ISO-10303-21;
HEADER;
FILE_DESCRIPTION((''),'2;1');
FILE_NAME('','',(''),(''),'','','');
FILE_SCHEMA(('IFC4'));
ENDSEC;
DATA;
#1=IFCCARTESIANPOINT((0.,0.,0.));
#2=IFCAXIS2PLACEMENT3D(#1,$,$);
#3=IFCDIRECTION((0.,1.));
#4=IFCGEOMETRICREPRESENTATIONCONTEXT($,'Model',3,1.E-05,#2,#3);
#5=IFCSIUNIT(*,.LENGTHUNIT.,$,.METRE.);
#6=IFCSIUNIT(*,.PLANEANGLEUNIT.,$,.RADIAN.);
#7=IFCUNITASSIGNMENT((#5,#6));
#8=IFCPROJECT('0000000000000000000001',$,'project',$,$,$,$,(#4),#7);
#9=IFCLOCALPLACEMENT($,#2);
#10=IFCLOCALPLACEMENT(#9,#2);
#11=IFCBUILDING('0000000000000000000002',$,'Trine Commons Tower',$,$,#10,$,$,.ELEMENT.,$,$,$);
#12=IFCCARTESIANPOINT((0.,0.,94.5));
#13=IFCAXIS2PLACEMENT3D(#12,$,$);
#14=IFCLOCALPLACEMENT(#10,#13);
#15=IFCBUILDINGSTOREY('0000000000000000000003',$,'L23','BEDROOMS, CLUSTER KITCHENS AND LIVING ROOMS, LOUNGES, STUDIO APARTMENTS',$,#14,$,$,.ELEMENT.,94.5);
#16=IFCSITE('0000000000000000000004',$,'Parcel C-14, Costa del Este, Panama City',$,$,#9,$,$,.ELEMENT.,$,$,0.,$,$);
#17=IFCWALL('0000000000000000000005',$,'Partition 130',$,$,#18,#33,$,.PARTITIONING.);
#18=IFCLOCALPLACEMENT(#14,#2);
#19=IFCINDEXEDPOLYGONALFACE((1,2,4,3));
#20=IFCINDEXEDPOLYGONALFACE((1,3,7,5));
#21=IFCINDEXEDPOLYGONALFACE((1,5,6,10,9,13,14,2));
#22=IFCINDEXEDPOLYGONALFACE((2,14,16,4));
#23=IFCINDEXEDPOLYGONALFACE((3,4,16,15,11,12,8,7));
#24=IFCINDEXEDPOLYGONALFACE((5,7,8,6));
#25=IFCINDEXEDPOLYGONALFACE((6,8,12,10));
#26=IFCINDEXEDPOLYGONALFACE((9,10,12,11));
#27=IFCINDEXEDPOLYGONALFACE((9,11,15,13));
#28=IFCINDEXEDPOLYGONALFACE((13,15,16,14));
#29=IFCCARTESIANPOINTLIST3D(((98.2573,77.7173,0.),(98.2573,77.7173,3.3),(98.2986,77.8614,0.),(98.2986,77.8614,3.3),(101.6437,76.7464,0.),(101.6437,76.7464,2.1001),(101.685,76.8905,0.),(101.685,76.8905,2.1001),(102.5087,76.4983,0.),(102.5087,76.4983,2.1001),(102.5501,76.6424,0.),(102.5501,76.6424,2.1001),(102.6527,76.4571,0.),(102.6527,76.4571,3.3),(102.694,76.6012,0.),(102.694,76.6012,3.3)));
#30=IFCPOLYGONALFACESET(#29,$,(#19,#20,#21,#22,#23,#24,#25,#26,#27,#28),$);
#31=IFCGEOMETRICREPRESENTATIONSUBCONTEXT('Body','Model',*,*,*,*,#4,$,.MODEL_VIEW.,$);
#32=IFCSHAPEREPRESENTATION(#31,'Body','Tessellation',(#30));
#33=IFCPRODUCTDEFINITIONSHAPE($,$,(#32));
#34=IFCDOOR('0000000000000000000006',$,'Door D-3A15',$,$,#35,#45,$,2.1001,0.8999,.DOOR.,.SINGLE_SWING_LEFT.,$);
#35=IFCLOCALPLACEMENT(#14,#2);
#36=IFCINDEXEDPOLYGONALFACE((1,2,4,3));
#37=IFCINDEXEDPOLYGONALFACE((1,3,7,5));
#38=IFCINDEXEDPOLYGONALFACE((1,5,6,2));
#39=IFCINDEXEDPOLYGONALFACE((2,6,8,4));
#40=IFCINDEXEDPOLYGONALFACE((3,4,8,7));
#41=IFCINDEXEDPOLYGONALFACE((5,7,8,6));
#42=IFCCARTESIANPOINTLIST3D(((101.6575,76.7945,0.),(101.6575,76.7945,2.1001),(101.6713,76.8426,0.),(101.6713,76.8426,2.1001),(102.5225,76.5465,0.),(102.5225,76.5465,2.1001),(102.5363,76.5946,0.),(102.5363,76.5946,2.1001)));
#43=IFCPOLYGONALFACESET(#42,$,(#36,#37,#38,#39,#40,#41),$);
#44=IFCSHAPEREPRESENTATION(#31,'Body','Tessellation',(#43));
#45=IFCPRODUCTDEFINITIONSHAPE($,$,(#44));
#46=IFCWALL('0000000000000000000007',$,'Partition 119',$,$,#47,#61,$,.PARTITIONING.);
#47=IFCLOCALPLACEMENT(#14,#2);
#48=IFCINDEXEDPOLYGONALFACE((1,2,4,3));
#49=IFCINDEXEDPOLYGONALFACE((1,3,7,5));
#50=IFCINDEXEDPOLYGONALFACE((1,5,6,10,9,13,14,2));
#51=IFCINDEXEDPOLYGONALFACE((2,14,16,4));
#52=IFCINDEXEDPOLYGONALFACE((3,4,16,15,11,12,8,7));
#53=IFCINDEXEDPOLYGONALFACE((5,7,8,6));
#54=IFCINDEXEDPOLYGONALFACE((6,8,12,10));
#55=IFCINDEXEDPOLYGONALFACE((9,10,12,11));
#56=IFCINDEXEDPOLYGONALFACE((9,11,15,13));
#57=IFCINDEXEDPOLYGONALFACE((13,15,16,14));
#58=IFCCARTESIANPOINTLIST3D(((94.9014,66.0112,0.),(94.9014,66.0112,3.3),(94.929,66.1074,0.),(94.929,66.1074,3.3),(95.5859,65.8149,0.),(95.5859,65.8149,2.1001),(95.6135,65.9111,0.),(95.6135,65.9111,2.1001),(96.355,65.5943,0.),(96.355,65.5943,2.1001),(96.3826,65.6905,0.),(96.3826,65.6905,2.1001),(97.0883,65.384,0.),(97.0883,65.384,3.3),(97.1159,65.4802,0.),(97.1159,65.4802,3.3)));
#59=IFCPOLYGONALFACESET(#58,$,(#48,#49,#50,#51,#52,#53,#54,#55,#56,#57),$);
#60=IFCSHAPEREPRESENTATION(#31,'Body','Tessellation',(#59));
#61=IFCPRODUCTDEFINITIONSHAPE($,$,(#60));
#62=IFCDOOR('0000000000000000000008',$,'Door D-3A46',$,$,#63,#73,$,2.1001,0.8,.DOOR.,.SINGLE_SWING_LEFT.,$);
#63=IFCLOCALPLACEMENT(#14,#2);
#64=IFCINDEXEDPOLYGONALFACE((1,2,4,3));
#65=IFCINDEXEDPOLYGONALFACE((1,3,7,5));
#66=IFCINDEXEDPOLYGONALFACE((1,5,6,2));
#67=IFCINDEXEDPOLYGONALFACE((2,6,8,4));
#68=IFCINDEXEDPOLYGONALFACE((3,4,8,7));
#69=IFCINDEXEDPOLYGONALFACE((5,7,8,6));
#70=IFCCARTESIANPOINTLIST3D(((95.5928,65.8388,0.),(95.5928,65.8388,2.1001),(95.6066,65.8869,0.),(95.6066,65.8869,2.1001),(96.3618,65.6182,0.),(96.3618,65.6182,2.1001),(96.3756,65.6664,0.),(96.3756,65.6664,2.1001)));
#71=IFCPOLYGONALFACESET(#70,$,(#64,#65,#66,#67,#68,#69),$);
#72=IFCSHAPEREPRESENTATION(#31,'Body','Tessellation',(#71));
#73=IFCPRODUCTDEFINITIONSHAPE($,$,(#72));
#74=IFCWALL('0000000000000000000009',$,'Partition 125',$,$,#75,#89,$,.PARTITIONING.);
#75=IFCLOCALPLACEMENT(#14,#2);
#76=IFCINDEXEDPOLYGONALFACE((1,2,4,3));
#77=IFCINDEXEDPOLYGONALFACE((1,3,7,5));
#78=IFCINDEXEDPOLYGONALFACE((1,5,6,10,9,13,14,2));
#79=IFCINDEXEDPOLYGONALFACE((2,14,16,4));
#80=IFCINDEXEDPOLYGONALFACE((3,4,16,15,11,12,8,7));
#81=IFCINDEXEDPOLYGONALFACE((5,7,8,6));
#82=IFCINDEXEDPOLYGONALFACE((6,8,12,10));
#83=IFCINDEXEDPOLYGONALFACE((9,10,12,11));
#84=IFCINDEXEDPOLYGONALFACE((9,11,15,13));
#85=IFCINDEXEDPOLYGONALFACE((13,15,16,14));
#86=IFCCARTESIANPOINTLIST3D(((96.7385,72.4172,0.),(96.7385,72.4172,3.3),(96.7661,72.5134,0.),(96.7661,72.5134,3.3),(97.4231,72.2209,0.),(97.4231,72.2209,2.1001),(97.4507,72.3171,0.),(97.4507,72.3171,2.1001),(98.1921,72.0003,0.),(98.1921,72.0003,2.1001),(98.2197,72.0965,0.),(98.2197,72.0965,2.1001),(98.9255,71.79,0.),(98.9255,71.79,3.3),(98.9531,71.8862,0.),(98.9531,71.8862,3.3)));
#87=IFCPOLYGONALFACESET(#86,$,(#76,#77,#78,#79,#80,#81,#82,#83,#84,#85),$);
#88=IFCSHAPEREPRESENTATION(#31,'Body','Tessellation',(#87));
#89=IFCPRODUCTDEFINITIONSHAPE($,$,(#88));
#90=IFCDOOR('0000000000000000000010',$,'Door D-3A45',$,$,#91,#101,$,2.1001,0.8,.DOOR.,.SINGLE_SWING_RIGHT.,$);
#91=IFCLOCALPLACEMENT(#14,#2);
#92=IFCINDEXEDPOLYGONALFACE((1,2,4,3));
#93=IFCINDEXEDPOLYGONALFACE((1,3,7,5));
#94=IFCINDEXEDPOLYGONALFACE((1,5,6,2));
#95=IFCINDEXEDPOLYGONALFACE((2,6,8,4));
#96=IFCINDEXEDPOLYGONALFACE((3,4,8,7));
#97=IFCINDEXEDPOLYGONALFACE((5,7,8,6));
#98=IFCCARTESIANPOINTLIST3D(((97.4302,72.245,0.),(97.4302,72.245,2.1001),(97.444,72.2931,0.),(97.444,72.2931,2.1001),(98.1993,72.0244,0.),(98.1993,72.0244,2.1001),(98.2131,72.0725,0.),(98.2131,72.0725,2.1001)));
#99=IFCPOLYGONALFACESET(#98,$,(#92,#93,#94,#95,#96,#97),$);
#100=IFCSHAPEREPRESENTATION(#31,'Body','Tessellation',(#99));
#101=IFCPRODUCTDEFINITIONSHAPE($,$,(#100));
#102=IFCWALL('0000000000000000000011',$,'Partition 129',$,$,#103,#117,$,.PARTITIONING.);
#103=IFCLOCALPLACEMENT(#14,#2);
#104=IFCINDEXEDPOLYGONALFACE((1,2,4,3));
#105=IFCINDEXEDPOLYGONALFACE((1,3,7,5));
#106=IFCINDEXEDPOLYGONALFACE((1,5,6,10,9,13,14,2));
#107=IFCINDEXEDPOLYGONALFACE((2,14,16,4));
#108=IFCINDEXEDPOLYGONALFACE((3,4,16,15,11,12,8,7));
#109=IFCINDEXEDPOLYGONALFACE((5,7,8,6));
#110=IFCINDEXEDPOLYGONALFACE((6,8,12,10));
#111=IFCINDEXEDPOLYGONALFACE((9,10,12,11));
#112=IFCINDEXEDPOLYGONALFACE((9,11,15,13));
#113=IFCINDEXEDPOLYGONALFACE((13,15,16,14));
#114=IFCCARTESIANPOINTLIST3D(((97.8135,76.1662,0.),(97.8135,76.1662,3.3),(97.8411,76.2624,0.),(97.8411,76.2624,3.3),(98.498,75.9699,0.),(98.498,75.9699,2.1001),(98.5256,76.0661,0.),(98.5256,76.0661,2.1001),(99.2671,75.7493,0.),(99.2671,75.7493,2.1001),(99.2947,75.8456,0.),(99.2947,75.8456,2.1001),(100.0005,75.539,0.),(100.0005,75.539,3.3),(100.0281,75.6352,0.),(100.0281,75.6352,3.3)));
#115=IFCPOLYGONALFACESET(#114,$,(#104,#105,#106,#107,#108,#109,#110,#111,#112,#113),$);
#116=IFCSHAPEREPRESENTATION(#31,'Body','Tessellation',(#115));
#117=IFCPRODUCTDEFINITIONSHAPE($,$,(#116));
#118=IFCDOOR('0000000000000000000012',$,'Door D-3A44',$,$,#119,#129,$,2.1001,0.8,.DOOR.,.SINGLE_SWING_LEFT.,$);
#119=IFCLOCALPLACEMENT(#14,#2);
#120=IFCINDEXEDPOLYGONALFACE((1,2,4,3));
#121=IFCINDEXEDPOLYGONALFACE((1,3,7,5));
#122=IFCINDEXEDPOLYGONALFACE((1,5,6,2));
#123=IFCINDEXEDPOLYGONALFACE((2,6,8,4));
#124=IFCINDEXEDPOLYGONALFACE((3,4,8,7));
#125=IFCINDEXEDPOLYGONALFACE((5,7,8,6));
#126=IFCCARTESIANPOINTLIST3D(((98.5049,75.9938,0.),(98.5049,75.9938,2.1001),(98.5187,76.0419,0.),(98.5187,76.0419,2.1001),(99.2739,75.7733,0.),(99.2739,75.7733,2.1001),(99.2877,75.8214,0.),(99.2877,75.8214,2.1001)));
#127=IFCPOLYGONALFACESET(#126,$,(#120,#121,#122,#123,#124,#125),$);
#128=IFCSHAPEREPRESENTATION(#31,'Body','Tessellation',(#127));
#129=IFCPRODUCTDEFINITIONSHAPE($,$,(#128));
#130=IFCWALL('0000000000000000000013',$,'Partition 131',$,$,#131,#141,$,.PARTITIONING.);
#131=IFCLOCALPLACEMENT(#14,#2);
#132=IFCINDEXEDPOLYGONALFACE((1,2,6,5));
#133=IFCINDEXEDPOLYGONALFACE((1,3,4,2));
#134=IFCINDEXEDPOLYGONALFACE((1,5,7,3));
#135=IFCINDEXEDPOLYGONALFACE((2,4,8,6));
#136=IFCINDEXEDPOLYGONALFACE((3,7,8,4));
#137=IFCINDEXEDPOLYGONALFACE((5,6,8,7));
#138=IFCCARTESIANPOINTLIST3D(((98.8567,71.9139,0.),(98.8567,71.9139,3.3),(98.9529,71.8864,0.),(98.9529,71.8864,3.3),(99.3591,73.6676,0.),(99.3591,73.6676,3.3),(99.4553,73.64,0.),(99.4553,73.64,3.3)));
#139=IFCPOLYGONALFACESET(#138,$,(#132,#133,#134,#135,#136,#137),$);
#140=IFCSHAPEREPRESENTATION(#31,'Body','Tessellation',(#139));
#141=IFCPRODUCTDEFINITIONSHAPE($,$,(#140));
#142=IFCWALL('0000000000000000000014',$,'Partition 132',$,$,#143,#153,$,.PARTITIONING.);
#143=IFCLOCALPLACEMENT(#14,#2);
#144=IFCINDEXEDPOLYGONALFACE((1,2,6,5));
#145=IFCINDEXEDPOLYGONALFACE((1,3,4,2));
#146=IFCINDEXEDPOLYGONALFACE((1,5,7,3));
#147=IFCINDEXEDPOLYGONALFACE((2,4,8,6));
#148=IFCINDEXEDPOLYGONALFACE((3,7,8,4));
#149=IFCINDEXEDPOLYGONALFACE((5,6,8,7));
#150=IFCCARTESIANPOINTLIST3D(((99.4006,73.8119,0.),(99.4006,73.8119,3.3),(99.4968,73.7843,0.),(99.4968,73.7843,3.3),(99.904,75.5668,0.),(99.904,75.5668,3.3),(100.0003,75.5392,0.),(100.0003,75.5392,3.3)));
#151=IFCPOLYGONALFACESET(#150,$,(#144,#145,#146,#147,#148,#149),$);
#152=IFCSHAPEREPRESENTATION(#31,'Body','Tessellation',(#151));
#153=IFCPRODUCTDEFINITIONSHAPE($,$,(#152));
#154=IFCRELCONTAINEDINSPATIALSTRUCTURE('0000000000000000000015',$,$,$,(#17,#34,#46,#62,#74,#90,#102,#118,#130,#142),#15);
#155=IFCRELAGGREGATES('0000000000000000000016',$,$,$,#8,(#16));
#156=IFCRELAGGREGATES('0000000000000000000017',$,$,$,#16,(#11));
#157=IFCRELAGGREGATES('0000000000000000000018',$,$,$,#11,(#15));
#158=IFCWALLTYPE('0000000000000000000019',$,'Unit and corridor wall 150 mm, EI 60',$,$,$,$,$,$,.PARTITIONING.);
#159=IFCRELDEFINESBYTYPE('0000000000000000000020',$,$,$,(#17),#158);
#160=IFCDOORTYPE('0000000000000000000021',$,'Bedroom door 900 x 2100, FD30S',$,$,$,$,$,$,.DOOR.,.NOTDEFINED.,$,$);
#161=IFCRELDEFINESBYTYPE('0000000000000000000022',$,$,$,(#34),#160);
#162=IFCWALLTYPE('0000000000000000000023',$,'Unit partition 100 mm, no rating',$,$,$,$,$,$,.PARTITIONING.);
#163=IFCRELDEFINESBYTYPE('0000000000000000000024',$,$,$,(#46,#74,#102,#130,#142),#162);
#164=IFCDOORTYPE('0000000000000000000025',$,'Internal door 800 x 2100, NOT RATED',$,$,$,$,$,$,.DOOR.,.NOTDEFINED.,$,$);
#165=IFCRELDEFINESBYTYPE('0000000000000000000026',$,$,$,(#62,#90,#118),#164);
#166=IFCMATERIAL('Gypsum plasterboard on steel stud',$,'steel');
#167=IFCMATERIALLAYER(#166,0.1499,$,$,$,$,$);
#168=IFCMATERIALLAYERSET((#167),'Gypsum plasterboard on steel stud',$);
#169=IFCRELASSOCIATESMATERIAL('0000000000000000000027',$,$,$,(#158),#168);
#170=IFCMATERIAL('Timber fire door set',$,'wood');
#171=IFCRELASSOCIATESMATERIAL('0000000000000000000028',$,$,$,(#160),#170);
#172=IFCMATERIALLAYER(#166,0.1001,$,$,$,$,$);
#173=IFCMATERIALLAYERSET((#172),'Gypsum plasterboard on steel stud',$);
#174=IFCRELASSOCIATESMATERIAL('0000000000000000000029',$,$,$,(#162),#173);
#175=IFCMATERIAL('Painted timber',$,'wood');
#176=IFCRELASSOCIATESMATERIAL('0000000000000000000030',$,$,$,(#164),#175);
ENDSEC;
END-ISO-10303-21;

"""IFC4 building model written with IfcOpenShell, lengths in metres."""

from ifc_helpers import new_model, si_unit, direction, frame, frame_2d, origin, place, context, subcontext, project, spatial, rectangle, extrude, material, layer, layer_set, type_object, element, fill, save


model = new_model("IFC4")

# Units and contexts
model_context = context("Model", 3, precision=1e-05, world=origin(), true_north=direction((0.0, 1.0)))
body_context = subcontext(model_context, "Body", "Model", "MODEL_VIEW")
ifc_project = project(units=[si_unit("LENGTHUNIT", "METRE"), si_unit("PLANEANGLEUNIT", "RADIAN")], contexts=[model_context])

# Site, building, storey
site_placement = place(None, origin())
site = spatial("IfcSite", under=ifc_project, at=site_placement, Name="Parcel C-14, Costa del Este, Panama City", CompositionType="ELEMENT", RefElevation=0.0)
building_placement = place(site_placement, origin())
building = spatial("IfcBuilding", under=site, at=building_placement, Name="Trine Commons Tower", CompositionType="ELEMENT")
storey_placement = place(building_placement, frame((0.0, 0.0, 94.5)))
storey = spatial("IfcBuildingStorey", under=building, at=storey_placement, Name="L23", Description="BEDROOMS, CLUSTER KITCHENS AND LIVING ROOMS, LOUNGES, STUDIO APARTMENTS", CompositionType="ELEMENT", Elevation=94.5)

# Shared definitions
ifc_material_1 = material(Name="Gypsum plasterboard on steel stud", Category="steel")
ifc_layer_1 = layer(ifc_material_1, 0.1499)
ifc_layer_set_1 = layer_set([ifc_layer_1], Name="Gypsum plasterboard on steel stud")
wall_type_1 = type_object("IfcWallType", Name="Unit and corridor wall 150 mm, EI 60", PredefinedType="PARTITIONING", material=ifc_layer_set_1)

# Shared definitions
ifc_material_2 = material(Name="Timber fire door set", Category="wood")
door_type_1 = type_object("IfcDoorType", Name="Bedroom door 900 x 2100, FD30S", OperationType="NOTDEFINED", PredefinedType="DOOR", material=ifc_material_2)

# Walls, openings, doors
wall_1_placement = place(storey_placement, frame((98.2781, 77.7893, 0.0), z_axis=(0.0, 0.0, 1.0), x_axis=(0.96127, -0.27561, 0.0)))
wall_1 = element("IfcWall", 1, at=wall_1_placement, inside=storey, type_object=wall_type_1, Name="Partition 130", PredefinedType="PARTITIONING", context=body_context, shape_type="SweptSolid", body=[
    extrude(rectangle(XDim=4.5725, YDim=0.1499, at=frame_2d((2.2861, 0.0))), origin(), (0.0, 0.0, 1.0), 3.3),
])
opening_1_placement = place(wall_1_placement, frame((3.5227, 0.0, 0.0)))
opening_1 = element("IfcOpeningElement", 2, at=opening_1_placement, cuts=wall_1, PredefinedType="OPENING", context=body_context, shape_type="SweptSolid", body=[
    extrude(rectangle(XDim=0.8999, YDim=2.1001, at=frame_2d((0.45, 1.05))), frame((0.0, 0.085, 0.0), z_axis=(0.0, -1.0, 0.0), x_axis=(1.0, 0.0, 0.0)), (0.0, 0.0, 1.0), 0.1699),
])
door_1_placement = place(opening_1_placement, frame((0.8999, 0.0, 0.0), z_axis=(0.0, 0.0, 1.0), x_axis=(-1.0, 0.0, 0.0)))
door_1 = element("IfcDoor", 3, at=door_1_placement, inside=storey, type_object=door_type_1, Name="Door D-3A15", OperationType="SINGLE_SWING_LEFT", OverallHeight=2.1001, OverallWidth=0.8999, PredefinedType="DOOR", context=body_context, shape_type="SweptSolid", body=[
    extrude(rectangle(XDim=0.8999, YDim=2.1001, at=frame_2d((0.45, 1.05))), frame((0.0, 0.0249, 0.0), z_axis=(0.0, -1.0, 0.0), x_axis=(1.0, 0.0, 0.0)), (0.0, 0.0, 1.0), 0.05),
])
fill(opening_1, door_1)
ifc_layer_2 = layer(ifc_material_1, 0.1001)
ifc_layer_set_2 = layer_set([ifc_layer_2], Name="Gypsum plasterboard on steel stud")
wall_type_2 = type_object("IfcWallType", Name="Unit partition 100 mm, no rating", PredefinedType="PARTITIONING", material=ifc_layer_set_2)
wall_2_placement = place(storey_placement, frame((94.915, 66.0593, 0.0), z_axis=(0.0, 0.0, 1.0), x_axis=(0.961252, -0.275671, 0.0)))
wall_2 = element("IfcWall", 4, at=wall_2_placement, inside=storey, type_object=wall_type_2, Name="Partition 119", PredefinedType="PARTITIONING", context=body_context, shape_type="SweptSolid", body=[
    extrude(rectangle(XDim=2.2751, YDim=0.1001, at=frame_2d((1.1377, 0.0))), origin(), (0.0, 0.0, 1.0), 3.3),
])
opening_2_placement = place(wall_2_placement, frame((0.7124, 0.0, 0.0)))
opening_2 = element("IfcOpeningElement", 5, at=opening_2_placement, cuts=wall_2, PredefinedType="OPENING", context=body_context, shape_type="SweptSolid", body=[
    extrude(rectangle(XDim=0.8, YDim=2.1001, at=frame_2d((0.3999, 1.05))), frame((0.0, 0.0601, 0.0), z_axis=(0.0, -1.0, 0.0), x_axis=(1.0, 0.0, 0.0)), (0.0, 0.0, 1.0), 0.1201),
])
ifc_material_3 = material(Name="Painted timber", Category="wood")
door_type_2 = type_object("IfcDoorType", Name="Internal door 800 x 2100, NOT RATED", OperationType="NOTDEFINED", PredefinedType="DOOR", material=ifc_material_3)
door_2_placement = place(opening_2_placement, origin())
door_2 = element("IfcDoor", 6, at=door_2_placement, inside=storey, type_object=door_type_2, Name="Door D-3A46", OperationType="SINGLE_SWING_LEFT", OverallHeight=2.1001, OverallWidth=0.8, PredefinedType="DOOR", context=body_context, shape_type="SweptSolid", body=[
    extrude(rectangle(XDim=0.8, YDim=2.1001, at=frame_2d((0.3999, 1.05))), frame((0.0, 0.0249, 0.0), z_axis=(0.0, -1.0, 0.0), x_axis=(1.0, 0.0, 0.0)), (0.0, 0.0, 1.0), 0.05),
])
fill(opening_2, door_2)
wall_3_placement = place(storey_placement, frame((96.7522, 72.4653, 0.0), z_axis=(0.0, 0.0, 1.0), x_axis=(0.961252, -0.275671, 0.0)))
wall_3 = element("IfcWall", 7, at=wall_3_placement, inside=storey, type_object=wall_type_2, Name="Partition 125", PredefinedType="PARTITIONING", context=body_context, shape_type="SweptSolid", body=[
    extrude(rectangle(XDim=2.2751, YDim=0.1001, at=frame_2d((1.1377, 0.0))), origin(), (0.0, 0.0, 1.0), 3.3),
])
opening_3_placement = place(wall_3_placement, frame((0.7124, 0.0, 0.0)))
opening_3 = element("IfcOpeningElement", 8, at=opening_3_placement, cuts=wall_3, PredefinedType="OPENING", context=body_context, shape_type="SweptSolid", body=[
    extrude(rectangle(XDim=0.8, YDim=2.1001, at=frame_2d((0.3999, 1.05))), frame((0.0, 0.0601, 0.0), z_axis=(0.0, -1.0, 0.0), x_axis=(1.0, 0.0, 0.0)), (0.0, 0.0, 1.0), 0.1201),
])
door_3_placement = place(opening_3_placement, frame((0.8, 0.0, 0.0), z_axis=(0.0, 0.0, 1.0), x_axis=(-1.0, 0.0, 0.0)))
door_3 = element("IfcDoor", 9, at=door_3_placement, inside=storey, type_object=door_type_2, Name="Door D-3A45", OperationType="SINGLE_SWING_RIGHT", OverallHeight=2.1001, OverallWidth=0.8, PredefinedType="DOOR", context=body_context, shape_type="SweptSolid", body=[
    extrude(rectangle(XDim=0.8, YDim=2.1001, at=frame_2d((0.3999, 1.05))), frame((0.0, 0.0249, 0.0), z_axis=(0.0, -1.0, 0.0), x_axis=(1.0, 0.0, 0.0)), (0.0, 0.0, 1.0), 0.05),
])
fill(opening_3, door_3)
wall_4_placement = place(storey_placement, frame((97.8271, 76.2144, 0.0), z_axis=(0.0, 0.0, 1.0), x_axis=(0.961252, -0.275671, 0.0)))
wall_4 = element("IfcWall", 10, at=wall_4_placement, inside=storey, type_object=wall_type_2, Name="Partition 129", PredefinedType="PARTITIONING", context=body_context, shape_type="SweptSolid", body=[
    extrude(rectangle(XDim=2.2751, YDim=0.1001, at=frame_2d((1.1377, 0.0))), origin(), (0.0, 0.0, 1.0), 3.3),
])
opening_4_placement = place(wall_4_placement, frame((0.7124, 0.0, 0.0)))
opening_4 = element("IfcOpeningElement", 11, at=opening_4_placement, cuts=wall_4, PredefinedType="OPENING", context=body_context, shape_type="SweptSolid", body=[
    extrude(rectangle(XDim=0.8, YDim=2.1001, at=frame_2d((0.3999, 1.05))), frame((0.0, 0.0601, 0.0), z_axis=(0.0, -1.0, 0.0), x_axis=(1.0, 0.0, 0.0)), (0.0, 0.0, 1.0), 0.1201),
])
door_4_placement = place(opening_4_placement, origin())
door_4 = element("IfcDoor", 12, at=door_4_placement, inside=storey, type_object=door_type_2, Name="Door D-3A44", OperationType="SINGLE_SWING_LEFT", OverallHeight=2.1001, OverallWidth=0.8, PredefinedType="DOOR", context=body_context, shape_type="SweptSolid", body=[
    extrude(rectangle(XDim=0.8, YDim=2.1001, at=frame_2d((0.3999, 1.05))), frame((0.0, 0.0249, 0.0), z_axis=(0.0, -1.0, 0.0), x_axis=(1.0, 0.0, 0.0)), (0.0, 0.0, 1.0), 0.05),
])
fill(opening_4, door_4)

# Walls
wall_5_placement = place(storey_placement, frame((98.9048, 71.9001, 0.0), z_axis=(0.0, 0.0, 1.0), x_axis=(0.275428, 0.961322, 0.0)))
element("IfcWall", 13, at=wall_5_placement, inside=storey, type_object=wall_type_2, Name="Partition 131", PredefinedType="PARTITIONING", context=body_context, shape_type="SweptSolid", body=[
    extrude(rectangle(XDim=1.8242, YDim=0.1001, at=frame_2d((0.9121, 0.0))), origin(), (0.0, 0.0, 1.0), 3.3),
])
wall_6_placement = place(storey_placement, frame((99.4487, 73.7981, 0.0), z_axis=(0.0, 0.0, 1.0), x_axis=(0.275745, 0.961231, 0.0)))
element("IfcWall", 14, at=wall_6_placement, inside=storey, type_object=wall_type_2, Name="Partition 132", PredefinedType="PARTITIONING", context=body_context, shape_type="SweptSolid", body=[
    extrude(rectangle(XDim=1.8257, YDim=0.1001, at=frame_2d((0.9128, 0.0))), origin(), (0.0, 0.0, 1.0), 3.3),
])

save(model, "model.ifc")
